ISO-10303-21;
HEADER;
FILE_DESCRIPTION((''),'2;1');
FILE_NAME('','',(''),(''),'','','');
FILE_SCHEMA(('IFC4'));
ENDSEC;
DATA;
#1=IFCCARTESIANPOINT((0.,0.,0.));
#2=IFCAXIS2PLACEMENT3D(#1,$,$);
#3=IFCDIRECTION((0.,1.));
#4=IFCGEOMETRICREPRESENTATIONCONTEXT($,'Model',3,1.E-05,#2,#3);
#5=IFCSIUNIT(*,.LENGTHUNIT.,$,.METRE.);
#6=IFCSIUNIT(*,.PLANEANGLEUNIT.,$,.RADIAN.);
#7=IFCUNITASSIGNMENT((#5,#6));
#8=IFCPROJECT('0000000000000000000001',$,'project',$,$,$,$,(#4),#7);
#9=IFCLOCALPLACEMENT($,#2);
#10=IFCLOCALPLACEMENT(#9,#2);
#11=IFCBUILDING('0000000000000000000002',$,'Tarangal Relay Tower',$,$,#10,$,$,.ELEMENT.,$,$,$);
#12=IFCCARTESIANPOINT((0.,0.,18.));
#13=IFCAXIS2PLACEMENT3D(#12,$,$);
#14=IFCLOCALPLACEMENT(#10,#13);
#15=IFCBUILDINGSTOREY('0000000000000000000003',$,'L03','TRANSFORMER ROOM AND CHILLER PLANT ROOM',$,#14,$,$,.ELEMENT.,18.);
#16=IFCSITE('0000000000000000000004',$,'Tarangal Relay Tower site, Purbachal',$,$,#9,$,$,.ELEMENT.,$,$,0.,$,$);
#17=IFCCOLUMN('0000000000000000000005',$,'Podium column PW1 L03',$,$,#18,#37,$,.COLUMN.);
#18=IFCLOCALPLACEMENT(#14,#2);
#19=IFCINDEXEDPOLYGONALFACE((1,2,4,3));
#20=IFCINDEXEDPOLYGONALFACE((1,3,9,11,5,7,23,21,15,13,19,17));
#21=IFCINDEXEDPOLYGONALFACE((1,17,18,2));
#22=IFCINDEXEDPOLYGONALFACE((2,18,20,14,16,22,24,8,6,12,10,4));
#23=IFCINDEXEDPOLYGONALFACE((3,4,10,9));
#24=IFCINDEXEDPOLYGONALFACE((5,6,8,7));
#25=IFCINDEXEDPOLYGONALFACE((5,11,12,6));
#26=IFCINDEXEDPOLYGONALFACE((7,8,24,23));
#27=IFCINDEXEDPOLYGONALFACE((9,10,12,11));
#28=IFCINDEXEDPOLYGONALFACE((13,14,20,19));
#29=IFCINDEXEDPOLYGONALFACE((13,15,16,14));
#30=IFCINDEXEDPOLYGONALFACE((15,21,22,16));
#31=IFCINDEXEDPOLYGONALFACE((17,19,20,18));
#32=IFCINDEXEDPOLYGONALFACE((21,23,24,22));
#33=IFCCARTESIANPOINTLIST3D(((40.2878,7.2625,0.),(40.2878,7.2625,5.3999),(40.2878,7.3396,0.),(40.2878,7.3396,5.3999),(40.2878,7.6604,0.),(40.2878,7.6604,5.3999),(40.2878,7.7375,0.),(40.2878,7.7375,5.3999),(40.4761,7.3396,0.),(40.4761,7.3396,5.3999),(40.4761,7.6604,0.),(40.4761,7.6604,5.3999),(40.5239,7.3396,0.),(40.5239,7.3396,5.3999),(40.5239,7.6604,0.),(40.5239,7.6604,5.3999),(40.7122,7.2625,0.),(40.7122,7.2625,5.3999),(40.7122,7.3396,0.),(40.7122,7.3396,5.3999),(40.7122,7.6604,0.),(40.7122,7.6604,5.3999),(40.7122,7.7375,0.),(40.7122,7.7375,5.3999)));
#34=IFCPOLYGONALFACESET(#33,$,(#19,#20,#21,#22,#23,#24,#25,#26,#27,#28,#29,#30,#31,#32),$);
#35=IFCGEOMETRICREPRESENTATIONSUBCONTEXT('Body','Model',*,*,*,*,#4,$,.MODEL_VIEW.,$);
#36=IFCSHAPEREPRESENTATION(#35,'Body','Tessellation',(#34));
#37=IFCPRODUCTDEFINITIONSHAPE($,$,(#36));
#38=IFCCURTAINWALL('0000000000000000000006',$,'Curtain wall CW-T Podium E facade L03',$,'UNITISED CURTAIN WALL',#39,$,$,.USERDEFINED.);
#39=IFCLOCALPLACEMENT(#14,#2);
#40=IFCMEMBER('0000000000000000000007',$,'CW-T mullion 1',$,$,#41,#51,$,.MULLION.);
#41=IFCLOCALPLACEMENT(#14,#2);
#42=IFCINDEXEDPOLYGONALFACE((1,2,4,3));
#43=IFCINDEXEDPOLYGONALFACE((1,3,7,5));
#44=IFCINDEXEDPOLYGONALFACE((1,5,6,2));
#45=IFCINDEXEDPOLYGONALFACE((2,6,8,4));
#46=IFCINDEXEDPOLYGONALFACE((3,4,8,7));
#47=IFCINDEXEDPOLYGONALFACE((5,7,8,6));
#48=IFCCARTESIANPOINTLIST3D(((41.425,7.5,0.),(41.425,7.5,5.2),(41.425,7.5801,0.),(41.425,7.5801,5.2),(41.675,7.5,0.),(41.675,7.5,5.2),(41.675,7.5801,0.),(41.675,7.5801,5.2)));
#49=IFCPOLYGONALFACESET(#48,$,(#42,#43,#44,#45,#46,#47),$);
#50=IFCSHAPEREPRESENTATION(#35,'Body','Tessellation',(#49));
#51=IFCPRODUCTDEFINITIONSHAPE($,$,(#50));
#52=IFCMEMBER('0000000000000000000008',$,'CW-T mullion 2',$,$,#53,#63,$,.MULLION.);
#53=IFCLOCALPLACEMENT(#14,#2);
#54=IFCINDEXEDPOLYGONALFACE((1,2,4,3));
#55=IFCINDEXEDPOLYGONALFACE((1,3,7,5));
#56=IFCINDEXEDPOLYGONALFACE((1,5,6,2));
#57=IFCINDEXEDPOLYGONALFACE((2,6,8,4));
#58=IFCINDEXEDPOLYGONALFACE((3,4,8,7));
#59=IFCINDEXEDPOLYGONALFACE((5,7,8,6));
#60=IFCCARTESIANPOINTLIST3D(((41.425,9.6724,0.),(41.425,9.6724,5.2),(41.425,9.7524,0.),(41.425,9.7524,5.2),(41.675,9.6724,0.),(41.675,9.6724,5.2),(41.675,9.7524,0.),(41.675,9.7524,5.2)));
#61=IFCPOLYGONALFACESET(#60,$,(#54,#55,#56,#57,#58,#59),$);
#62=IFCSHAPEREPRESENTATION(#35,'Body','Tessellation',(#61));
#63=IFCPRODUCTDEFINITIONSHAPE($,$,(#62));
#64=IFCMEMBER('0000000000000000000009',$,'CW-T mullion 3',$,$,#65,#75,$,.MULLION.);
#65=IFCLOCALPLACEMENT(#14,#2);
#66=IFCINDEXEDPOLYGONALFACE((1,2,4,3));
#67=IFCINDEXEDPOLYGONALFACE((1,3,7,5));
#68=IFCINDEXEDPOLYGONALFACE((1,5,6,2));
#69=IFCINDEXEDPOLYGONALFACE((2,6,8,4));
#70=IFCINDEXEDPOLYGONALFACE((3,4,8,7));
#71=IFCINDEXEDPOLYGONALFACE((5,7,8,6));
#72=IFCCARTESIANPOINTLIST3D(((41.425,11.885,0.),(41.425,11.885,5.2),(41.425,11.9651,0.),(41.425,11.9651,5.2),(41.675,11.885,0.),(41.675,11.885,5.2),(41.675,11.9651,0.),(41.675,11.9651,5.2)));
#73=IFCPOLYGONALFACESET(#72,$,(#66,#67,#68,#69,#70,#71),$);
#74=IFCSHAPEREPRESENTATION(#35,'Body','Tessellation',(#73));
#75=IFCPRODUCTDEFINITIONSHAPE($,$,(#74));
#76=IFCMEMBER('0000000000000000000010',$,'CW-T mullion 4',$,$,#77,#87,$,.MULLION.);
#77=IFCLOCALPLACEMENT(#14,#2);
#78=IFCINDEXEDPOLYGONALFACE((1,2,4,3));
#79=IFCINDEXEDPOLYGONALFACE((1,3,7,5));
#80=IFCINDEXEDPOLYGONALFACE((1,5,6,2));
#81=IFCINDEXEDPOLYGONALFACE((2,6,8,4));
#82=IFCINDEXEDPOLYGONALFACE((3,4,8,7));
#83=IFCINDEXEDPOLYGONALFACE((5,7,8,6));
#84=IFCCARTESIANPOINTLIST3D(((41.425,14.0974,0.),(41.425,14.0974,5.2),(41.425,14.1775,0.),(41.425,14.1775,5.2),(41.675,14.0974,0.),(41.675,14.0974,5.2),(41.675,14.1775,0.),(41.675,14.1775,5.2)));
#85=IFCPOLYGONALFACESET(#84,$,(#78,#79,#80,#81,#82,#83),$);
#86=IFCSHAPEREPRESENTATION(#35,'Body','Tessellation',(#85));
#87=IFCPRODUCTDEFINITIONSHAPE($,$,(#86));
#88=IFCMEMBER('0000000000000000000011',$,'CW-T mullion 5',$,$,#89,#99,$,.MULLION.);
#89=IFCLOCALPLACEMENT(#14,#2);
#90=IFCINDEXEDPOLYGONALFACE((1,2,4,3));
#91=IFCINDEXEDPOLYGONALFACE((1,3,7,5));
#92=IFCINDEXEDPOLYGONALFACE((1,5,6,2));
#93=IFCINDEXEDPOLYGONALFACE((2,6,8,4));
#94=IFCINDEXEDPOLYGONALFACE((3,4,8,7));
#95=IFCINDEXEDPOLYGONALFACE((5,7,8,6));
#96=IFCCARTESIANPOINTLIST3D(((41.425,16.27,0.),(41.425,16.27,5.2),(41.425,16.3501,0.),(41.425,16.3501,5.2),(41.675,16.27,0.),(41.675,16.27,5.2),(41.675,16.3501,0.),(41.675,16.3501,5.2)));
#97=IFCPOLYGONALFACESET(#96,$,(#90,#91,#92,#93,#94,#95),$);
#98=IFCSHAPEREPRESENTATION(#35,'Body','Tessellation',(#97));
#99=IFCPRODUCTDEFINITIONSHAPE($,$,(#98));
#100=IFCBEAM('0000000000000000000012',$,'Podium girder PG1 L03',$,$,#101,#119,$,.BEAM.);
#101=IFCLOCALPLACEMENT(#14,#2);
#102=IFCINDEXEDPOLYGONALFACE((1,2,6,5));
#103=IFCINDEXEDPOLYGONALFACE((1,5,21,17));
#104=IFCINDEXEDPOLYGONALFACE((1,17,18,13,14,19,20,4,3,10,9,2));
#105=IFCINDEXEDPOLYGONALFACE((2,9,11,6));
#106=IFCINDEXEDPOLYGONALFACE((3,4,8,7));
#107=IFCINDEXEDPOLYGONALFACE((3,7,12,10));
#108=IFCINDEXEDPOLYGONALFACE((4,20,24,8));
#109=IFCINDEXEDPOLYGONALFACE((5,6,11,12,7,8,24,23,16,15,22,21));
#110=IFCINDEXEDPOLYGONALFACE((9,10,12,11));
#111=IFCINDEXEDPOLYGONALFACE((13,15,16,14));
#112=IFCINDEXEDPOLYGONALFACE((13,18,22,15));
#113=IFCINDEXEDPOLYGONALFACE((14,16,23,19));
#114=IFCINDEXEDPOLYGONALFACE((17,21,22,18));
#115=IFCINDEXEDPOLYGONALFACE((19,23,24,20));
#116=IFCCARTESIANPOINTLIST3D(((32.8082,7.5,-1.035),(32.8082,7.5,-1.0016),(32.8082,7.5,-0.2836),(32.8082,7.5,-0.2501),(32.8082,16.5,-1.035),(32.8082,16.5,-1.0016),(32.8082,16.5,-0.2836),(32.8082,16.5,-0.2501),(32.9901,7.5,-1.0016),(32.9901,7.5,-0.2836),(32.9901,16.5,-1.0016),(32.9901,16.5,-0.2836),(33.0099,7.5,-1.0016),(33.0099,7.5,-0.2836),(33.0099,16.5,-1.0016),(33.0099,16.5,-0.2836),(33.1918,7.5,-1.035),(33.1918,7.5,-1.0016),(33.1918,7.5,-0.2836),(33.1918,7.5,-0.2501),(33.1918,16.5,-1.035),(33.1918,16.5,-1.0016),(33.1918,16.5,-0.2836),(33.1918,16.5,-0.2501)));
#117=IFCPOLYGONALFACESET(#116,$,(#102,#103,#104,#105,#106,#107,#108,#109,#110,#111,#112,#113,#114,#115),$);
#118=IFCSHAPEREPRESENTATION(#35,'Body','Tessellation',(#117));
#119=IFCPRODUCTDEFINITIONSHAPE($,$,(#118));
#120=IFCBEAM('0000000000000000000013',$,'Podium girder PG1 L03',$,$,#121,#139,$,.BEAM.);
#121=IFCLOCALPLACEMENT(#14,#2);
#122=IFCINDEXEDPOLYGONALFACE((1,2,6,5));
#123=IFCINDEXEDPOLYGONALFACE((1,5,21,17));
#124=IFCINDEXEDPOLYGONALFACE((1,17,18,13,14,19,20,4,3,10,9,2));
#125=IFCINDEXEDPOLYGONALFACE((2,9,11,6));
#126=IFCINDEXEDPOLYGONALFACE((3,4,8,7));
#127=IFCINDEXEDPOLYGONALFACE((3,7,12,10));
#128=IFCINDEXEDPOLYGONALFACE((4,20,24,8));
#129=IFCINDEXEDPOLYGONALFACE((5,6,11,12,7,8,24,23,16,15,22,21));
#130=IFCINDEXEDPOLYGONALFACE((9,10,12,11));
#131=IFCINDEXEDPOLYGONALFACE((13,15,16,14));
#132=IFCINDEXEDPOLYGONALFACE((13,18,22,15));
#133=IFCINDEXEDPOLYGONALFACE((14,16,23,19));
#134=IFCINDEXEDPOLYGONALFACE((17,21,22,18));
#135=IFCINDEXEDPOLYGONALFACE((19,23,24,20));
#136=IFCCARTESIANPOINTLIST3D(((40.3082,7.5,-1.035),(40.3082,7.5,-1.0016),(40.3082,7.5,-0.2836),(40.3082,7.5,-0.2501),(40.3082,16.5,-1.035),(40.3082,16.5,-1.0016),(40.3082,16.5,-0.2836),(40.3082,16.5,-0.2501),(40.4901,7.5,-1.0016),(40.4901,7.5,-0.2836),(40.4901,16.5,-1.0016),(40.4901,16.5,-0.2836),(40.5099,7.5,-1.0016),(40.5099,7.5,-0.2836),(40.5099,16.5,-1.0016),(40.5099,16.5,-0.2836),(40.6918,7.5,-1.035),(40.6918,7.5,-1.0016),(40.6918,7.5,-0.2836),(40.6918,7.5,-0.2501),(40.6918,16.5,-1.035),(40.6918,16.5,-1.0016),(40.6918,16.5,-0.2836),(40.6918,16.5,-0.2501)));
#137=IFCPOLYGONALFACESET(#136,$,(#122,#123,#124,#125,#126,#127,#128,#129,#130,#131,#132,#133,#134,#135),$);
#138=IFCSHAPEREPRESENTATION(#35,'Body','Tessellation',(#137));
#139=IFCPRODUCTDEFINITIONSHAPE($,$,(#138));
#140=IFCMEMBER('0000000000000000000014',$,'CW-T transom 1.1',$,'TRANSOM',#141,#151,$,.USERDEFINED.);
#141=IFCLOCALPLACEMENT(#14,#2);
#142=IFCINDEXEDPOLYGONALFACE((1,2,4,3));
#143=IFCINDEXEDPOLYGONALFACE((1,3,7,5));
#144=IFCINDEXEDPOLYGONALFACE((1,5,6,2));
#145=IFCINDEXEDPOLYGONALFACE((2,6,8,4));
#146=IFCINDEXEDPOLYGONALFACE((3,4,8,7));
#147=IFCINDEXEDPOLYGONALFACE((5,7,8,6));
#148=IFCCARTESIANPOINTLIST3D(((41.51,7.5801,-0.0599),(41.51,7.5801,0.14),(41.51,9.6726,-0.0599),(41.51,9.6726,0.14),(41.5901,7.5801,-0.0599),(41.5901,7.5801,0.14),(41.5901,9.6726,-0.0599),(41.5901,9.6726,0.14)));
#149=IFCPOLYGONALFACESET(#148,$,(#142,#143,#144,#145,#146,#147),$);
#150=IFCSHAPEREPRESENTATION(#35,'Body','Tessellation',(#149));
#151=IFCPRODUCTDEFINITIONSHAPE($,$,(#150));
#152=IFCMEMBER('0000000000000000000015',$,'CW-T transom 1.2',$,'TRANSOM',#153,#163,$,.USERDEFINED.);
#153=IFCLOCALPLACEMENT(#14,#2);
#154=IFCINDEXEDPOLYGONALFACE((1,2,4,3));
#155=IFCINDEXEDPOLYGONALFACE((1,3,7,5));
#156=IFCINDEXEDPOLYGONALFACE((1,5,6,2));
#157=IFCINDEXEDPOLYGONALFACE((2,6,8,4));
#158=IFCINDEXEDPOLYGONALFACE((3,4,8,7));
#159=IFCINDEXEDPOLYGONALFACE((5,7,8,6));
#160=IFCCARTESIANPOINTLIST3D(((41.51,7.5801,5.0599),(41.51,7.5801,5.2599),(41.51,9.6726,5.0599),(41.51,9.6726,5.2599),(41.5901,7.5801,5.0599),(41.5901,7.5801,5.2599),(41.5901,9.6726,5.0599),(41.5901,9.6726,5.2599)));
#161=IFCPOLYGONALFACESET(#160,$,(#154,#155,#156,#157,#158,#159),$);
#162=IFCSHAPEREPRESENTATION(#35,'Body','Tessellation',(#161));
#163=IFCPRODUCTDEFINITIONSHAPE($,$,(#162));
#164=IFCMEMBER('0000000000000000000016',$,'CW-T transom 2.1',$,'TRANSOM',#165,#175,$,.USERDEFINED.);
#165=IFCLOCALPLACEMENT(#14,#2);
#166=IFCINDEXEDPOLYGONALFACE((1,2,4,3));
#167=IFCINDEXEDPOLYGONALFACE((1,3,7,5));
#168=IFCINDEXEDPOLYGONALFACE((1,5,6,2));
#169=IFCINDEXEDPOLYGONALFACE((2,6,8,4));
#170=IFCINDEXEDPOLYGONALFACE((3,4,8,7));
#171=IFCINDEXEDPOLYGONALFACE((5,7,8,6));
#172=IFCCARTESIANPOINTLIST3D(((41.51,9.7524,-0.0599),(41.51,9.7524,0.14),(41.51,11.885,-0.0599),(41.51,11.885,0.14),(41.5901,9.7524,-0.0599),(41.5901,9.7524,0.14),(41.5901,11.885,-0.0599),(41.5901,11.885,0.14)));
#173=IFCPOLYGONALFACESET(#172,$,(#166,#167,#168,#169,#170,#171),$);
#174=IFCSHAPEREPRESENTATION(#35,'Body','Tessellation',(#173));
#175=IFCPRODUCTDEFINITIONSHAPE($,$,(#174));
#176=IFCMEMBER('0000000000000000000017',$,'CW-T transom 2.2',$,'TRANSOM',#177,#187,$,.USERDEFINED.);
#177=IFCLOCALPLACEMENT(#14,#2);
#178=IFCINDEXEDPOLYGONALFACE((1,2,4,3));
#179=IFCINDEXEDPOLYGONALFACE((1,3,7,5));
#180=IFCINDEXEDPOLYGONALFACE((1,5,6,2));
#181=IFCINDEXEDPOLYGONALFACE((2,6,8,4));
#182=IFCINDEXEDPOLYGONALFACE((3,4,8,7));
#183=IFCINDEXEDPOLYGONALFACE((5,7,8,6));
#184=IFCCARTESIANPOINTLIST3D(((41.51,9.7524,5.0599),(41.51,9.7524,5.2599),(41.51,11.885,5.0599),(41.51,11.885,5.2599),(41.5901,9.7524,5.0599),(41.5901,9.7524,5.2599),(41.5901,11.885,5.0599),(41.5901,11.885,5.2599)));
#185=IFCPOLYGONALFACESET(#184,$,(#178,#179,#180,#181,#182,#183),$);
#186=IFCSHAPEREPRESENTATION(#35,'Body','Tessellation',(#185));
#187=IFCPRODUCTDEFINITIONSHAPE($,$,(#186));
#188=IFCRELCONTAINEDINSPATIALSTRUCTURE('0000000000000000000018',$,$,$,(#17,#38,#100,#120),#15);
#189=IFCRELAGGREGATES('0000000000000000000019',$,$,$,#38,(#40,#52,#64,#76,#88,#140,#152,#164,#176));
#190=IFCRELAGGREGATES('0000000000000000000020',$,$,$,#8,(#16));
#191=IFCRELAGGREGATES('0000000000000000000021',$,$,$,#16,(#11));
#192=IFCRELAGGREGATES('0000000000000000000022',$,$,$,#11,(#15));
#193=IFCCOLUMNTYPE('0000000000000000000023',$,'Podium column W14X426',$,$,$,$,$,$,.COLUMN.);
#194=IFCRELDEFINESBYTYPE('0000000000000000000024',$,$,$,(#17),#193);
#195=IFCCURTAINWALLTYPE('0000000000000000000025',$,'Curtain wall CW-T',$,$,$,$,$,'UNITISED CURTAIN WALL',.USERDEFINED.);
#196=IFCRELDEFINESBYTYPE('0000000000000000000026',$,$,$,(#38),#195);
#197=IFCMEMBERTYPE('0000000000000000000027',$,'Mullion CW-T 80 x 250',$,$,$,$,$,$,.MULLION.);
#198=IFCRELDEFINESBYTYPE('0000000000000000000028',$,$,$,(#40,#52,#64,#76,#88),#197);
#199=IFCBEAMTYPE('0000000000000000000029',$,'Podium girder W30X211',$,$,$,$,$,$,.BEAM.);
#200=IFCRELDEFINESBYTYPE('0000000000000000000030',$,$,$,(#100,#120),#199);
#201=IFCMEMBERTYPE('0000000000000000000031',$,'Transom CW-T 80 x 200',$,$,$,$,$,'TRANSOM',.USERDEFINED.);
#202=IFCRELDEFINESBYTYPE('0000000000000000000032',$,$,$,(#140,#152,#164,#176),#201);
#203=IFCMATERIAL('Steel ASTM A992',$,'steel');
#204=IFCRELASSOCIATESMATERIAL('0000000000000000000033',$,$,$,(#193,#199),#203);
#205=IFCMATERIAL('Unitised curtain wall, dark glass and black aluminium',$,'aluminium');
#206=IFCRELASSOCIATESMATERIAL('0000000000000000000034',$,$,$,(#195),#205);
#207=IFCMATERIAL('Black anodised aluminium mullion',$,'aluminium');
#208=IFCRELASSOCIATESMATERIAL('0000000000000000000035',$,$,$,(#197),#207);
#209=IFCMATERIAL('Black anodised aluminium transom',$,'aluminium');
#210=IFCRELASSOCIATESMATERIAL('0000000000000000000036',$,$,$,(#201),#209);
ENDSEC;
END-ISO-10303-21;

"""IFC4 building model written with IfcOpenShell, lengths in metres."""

from ifc_helpers import new_model, si_unit, direction, frame, origin, origin_2d, place, context, subcontext, project, spatial, rectangle, i_section, extrude, material, material_profile, profile_set, type_object, element, aggregate, save


model = new_model("IFC4")

# Units and contexts
model_context = context("Model", 3, precision=1e-05, world=origin(), true_north=direction((0.0, 1.0)))
body_context = subcontext(model_context, "Body", "Model", "MODEL_VIEW")
ifc_project = project(units=[si_unit("LENGTHUNIT", "METRE"), si_unit("PLANEANGLEUNIT", "RADIAN")], contexts=[model_context])

# Site, building, storey
site_placement = place(None, origin())
site = spatial("IfcSite", under=ifc_project, at=site_placement, Name="Tarangal Relay Tower site, Purbachal", CompositionType="ELEMENT", RefElevation=0.0)
building_placement = place(site_placement, origin())
building = spatial("IfcBuilding", under=site, at=building_placement, Name="Tarangal Relay Tower", CompositionType="ELEMENT")
storey_placement = place(building_placement, frame((0.0, 0.0, 18.0)))
storey = spatial("IfcBuildingStorey", under=building, at=storey_placement, Name="L03", Description="TRANSFORMER ROOM AND CHILLER PLANT ROOM", CompositionType="ELEMENT", Elevation=18.0)

# Column
ifc_material_1 = material(Name="Steel ASTM A992", Category="steel")
ifc_material_profile_1 = material_profile(ifc_material_1, i_section(OverallWidth=0.4243, OverallDepth=0.4751, WebThickness=0.0479, FlangeThickness=0.0771, at=origin_2d()), Name="W14X426")
ifc_profile_set_1 = profile_set([ifc_material_profile_1], Name="Steel ASTM A992")
column_type = type_object("IfcColumnType", Name="Podium column W14X426", PredefinedType="COLUMN", material=ifc_profile_set_1)
column_placement = place(storey_placement, frame((40.5, 7.5, 0.0), z_axis=(0.0, 0.0, 1.0), x_axis=(1.0, 0.0, 0.0)))
element("IfcColumn", 1, at=column_placement, inside=storey, type_object=column_type, Name="Podium column PW1 L03", PredefinedType="COLUMN", context=body_context, shape_type="SweptSolid", body=[
    extrude(i_section(OverallWidth=0.4243, OverallDepth=0.4751, WebThickness=0.0479, FlangeThickness=0.0771, at=origin_2d()), origin(), (0.0, 0.0, 1.0), 5.3999),
])

# Curtain wall, members
ifc_material_2 = material(Name="Unitised curtain wall, dark glass and black aluminium", Category="aluminium")
curtain_wall_type = type_object("IfcCurtainWallType", Name="Curtain wall CW-T", ElementType="UNITISED CURTAIN WALL", PredefinedType="USERDEFINED", material=ifc_material_2)
curtain_wall_placement = place(storey_placement, origin())
curtain_wall = element("IfcCurtainWall", 2, at=curtain_wall_placement, inside=storey, type_object=curtain_wall_type, Name="Curtain wall CW-T Podium E facade L03", ObjectType="UNITISED CURTAIN WALL", PredefinedType="USERDEFINED")
ifc_material_3 = material(Name="Black anodised aluminium mullion", Category="aluminium")
ifc_material_profile_2 = material_profile(ifc_material_3, rectangle(XDim=0.25, YDim=0.0801, at=origin_2d()), Name="CW-TM 80X250")
ifc_profile_set_2 = profile_set([ifc_material_profile_2], Name="Black anodised aluminium mullion")
member_type_1 = type_object("IfcMemberType", Name="Mullion CW-T 80 x 250", PredefinedType="MULLION", material=ifc_profile_set_2)
member_1_placement = place(storey_placement, frame((41.55, 7.54, 0.0), z_axis=(0.0, 0.0, 1.0), x_axis=(-1.0, 0.0, 0.0)))
member_1 = element("IfcMember", 3, at=member_1_placement, type_object=member_type_1, Name="CW-T mullion 1", PredefinedType="MULLION", context=body_context, shape_type="SweptSolid", body=[
    extrude(rectangle(XDim=0.25, YDim=0.0801, at=origin_2d()), origin(), (0.0, 0.0, 1.0), 5.2),
])
member_2_placement = place(storey_placement, frame((41.55, 9.7124, 0.0), z_axis=(0.0, 0.0, 1.0), x_axis=(-1.0, 0.0, 0.0)))
member_2 = element("IfcMember", 4, at=member_2_placement, type_object=member_type_1, Name="CW-T mullion 2", PredefinedType="MULLION", context=body_context, shape_type="SweptSolid", body=[
    extrude(rectangle(XDim=0.25, YDim=0.0801, at=origin_2d()), origin(), (0.0, 0.0, 1.0), 5.2),
])
member_3_placement = place(storey_placement, frame((41.55, 11.925, 0.0), z_axis=(0.0, 0.0, 1.0), x_axis=(-1.0, 0.0, 0.0)))
member_3 = element("IfcMember", 5, at=member_3_placement, type_object=member_type_1, Name="CW-T mullion 3", PredefinedType="MULLION", context=body_context, shape_type="SweptSolid", body=[
    extrude(rectangle(XDim=0.25, YDim=0.0801, at=origin_2d()), origin(), (0.0, 0.0, 1.0), 5.2),
])
member_4_placement = place(storey_placement, frame((41.55, 14.1375, 0.0), z_axis=(0.0, 0.0, 1.0), x_axis=(-1.0, 0.0, 0.0)))
member_4 = element("IfcMember", 6, at=member_4_placement, type_object=member_type_1, Name="CW-T mullion 4", PredefinedType="MULLION", context=body_context, shape_type="SweptSolid", body=[
    extrude(rectangle(XDim=0.25, YDim=0.0801, at=origin_2d()), origin(), (0.0, 0.0, 1.0), 5.2),
])
member_5_placement = place(storey_placement, frame((41.55, 16.3101, 0.0), z_axis=(0.0, 0.0, 1.0), x_axis=(-1.0, 0.0, 0.0)))
member_5 = element("IfcMember", 7, at=member_5_placement, type_object=member_type_1, Name="CW-T mullion 5", PredefinedType="MULLION", context=body_context, shape_type="SweptSolid", body=[
    extrude(rectangle(XDim=0.25, YDim=0.0801, at=origin_2d()), origin(), (0.0, 0.0, 1.0), 5.2),
])

# Beams
ifc_material_profile_3 = material_profile(ifc_material_1, i_section(OverallWidth=0.3835, OverallDepth=0.7849, WebThickness=0.0198, FlangeThickness=0.0334, at=origin_2d()), Name="W30X211")
ifc_profile_set_3 = profile_set([ifc_material_profile_3], Name="Steel ASTM A992")
beam_type = type_object("IfcBeamType", Name="Podium girder W30X211", PredefinedType="BEAM", material=ifc_profile_set_3)
for number, where, z_axis, x_axis, name in (
    (8, (33.0, 7.5, -0.6426), (0.0, 1.0, 0.0), (-1.0, 0.0, 0.0), "Podium girder PG1 L03"),
    (9, (40.5, 7.5, -0.6426), (0.0, 1.0, 0.0), (-1.0, 0.0, 0.0), "Podium girder PG1 L03"),
):
    element("IfcBeam", number, at=place(storey_placement, frame(where, z_axis=z_axis, x_axis=x_axis)), inside=storey, type_object=beam_type, Name=name, PredefinedType="BEAM", context=body_context, shape_type="SweptSolid", body=[
        extrude(i_section(OverallWidth=0.3835, OverallDepth=0.7849, WebThickness=0.0198, FlangeThickness=0.0334, at=origin_2d()), origin(), (0.0, 0.0, 1.0), 9.0),
    ])

# Members
ifc_material_4 = material(Name="Black anodised aluminium transom", Category="aluminium")
ifc_material_profile_4 = material_profile(ifc_material_4, rectangle(XDim=0.0801, YDim=0.2, at=origin_2d()), Name="CW-TT 80X200")
ifc_profile_set_4 = profile_set([ifc_material_profile_4], Name="Black anodised aluminium transom")
member_type_2 = type_object("IfcMemberType", Name="Transom CW-T 80 x 200", ElementType="TRANSOM", PredefinedType="USERDEFINED", material=ifc_profile_set_4)
member_6_placement = place(storey_placement, frame((41.55, 7.5801, 0.04), z_axis=(0.0, 1.0, 0.0), x_axis=(-1.0, 0.0, 0.0)))
member_6 = element("IfcMember", 10, at=member_6_placement, type_object=member_type_2, Name="CW-T transom 1.1", ObjectType="TRANSOM", PredefinedType="USERDEFINED", context=body_context, shape_type="SweptSolid", body=[
    extrude(rectangle(XDim=0.0801, YDim=0.2, at=origin_2d()), origin(), (0.0, 0.0, 1.0), 2.0925),
])
member_7_placement = place(storey_placement, frame((41.55, 7.5801, 5.1599), z_axis=(0.0, 1.0, 0.0), x_axis=(-1.0, 0.0, 0.0)))
member_7 = element("IfcMember", 11, at=member_7_placement, type_object=member_type_2, Name="CW-T transom 1.2", ObjectType="TRANSOM", PredefinedType="USERDEFINED", context=body_context, shape_type="SweptSolid", body=[
    extrude(rectangle(XDim=0.0801, YDim=0.2, at=origin_2d()), origin(), (0.0, 0.0, 1.0), 2.0925),
])
member_8_placement = place(storey_placement, frame((41.55, 9.7524, 0.04), z_axis=(0.0, 1.0, 0.0), x_axis=(-1.0, 0.0, 0.0)))
member_8 = element("IfcMember", 12, at=member_8_placement, type_object=member_type_2, Name="CW-T transom 2.1", ObjectType="TRANSOM", PredefinedType="USERDEFINED", context=body_context, shape_type="SweptSolid", body=[
    extrude(rectangle(XDim=0.0801, YDim=0.2, at=origin_2d()), origin(), (0.0, 0.0, 1.0), 2.1326),
])
member_9_placement = place(storey_placement, frame((41.55, 9.7524, 5.1599), z_axis=(0.0, 1.0, 0.0), x_axis=(-1.0, 0.0, 0.0)))
member_9 = element("IfcMember", 13, at=member_9_placement, type_object=member_type_2, Name="CW-T transom 2.2", ObjectType="TRANSOM", PredefinedType="USERDEFINED", context=body_context, shape_type="SweptSolid", body=[
    extrude(rectangle(XDim=0.0801, YDim=0.2, at=origin_2d()), origin(), (0.0, 0.0, 1.0), 2.1326),
])

aggregate(curtain_wall, [member_1, member_2, member_3, member_4, member_5, member_6, member_7, member_8, member_9])

save(model, "model.ifc")
